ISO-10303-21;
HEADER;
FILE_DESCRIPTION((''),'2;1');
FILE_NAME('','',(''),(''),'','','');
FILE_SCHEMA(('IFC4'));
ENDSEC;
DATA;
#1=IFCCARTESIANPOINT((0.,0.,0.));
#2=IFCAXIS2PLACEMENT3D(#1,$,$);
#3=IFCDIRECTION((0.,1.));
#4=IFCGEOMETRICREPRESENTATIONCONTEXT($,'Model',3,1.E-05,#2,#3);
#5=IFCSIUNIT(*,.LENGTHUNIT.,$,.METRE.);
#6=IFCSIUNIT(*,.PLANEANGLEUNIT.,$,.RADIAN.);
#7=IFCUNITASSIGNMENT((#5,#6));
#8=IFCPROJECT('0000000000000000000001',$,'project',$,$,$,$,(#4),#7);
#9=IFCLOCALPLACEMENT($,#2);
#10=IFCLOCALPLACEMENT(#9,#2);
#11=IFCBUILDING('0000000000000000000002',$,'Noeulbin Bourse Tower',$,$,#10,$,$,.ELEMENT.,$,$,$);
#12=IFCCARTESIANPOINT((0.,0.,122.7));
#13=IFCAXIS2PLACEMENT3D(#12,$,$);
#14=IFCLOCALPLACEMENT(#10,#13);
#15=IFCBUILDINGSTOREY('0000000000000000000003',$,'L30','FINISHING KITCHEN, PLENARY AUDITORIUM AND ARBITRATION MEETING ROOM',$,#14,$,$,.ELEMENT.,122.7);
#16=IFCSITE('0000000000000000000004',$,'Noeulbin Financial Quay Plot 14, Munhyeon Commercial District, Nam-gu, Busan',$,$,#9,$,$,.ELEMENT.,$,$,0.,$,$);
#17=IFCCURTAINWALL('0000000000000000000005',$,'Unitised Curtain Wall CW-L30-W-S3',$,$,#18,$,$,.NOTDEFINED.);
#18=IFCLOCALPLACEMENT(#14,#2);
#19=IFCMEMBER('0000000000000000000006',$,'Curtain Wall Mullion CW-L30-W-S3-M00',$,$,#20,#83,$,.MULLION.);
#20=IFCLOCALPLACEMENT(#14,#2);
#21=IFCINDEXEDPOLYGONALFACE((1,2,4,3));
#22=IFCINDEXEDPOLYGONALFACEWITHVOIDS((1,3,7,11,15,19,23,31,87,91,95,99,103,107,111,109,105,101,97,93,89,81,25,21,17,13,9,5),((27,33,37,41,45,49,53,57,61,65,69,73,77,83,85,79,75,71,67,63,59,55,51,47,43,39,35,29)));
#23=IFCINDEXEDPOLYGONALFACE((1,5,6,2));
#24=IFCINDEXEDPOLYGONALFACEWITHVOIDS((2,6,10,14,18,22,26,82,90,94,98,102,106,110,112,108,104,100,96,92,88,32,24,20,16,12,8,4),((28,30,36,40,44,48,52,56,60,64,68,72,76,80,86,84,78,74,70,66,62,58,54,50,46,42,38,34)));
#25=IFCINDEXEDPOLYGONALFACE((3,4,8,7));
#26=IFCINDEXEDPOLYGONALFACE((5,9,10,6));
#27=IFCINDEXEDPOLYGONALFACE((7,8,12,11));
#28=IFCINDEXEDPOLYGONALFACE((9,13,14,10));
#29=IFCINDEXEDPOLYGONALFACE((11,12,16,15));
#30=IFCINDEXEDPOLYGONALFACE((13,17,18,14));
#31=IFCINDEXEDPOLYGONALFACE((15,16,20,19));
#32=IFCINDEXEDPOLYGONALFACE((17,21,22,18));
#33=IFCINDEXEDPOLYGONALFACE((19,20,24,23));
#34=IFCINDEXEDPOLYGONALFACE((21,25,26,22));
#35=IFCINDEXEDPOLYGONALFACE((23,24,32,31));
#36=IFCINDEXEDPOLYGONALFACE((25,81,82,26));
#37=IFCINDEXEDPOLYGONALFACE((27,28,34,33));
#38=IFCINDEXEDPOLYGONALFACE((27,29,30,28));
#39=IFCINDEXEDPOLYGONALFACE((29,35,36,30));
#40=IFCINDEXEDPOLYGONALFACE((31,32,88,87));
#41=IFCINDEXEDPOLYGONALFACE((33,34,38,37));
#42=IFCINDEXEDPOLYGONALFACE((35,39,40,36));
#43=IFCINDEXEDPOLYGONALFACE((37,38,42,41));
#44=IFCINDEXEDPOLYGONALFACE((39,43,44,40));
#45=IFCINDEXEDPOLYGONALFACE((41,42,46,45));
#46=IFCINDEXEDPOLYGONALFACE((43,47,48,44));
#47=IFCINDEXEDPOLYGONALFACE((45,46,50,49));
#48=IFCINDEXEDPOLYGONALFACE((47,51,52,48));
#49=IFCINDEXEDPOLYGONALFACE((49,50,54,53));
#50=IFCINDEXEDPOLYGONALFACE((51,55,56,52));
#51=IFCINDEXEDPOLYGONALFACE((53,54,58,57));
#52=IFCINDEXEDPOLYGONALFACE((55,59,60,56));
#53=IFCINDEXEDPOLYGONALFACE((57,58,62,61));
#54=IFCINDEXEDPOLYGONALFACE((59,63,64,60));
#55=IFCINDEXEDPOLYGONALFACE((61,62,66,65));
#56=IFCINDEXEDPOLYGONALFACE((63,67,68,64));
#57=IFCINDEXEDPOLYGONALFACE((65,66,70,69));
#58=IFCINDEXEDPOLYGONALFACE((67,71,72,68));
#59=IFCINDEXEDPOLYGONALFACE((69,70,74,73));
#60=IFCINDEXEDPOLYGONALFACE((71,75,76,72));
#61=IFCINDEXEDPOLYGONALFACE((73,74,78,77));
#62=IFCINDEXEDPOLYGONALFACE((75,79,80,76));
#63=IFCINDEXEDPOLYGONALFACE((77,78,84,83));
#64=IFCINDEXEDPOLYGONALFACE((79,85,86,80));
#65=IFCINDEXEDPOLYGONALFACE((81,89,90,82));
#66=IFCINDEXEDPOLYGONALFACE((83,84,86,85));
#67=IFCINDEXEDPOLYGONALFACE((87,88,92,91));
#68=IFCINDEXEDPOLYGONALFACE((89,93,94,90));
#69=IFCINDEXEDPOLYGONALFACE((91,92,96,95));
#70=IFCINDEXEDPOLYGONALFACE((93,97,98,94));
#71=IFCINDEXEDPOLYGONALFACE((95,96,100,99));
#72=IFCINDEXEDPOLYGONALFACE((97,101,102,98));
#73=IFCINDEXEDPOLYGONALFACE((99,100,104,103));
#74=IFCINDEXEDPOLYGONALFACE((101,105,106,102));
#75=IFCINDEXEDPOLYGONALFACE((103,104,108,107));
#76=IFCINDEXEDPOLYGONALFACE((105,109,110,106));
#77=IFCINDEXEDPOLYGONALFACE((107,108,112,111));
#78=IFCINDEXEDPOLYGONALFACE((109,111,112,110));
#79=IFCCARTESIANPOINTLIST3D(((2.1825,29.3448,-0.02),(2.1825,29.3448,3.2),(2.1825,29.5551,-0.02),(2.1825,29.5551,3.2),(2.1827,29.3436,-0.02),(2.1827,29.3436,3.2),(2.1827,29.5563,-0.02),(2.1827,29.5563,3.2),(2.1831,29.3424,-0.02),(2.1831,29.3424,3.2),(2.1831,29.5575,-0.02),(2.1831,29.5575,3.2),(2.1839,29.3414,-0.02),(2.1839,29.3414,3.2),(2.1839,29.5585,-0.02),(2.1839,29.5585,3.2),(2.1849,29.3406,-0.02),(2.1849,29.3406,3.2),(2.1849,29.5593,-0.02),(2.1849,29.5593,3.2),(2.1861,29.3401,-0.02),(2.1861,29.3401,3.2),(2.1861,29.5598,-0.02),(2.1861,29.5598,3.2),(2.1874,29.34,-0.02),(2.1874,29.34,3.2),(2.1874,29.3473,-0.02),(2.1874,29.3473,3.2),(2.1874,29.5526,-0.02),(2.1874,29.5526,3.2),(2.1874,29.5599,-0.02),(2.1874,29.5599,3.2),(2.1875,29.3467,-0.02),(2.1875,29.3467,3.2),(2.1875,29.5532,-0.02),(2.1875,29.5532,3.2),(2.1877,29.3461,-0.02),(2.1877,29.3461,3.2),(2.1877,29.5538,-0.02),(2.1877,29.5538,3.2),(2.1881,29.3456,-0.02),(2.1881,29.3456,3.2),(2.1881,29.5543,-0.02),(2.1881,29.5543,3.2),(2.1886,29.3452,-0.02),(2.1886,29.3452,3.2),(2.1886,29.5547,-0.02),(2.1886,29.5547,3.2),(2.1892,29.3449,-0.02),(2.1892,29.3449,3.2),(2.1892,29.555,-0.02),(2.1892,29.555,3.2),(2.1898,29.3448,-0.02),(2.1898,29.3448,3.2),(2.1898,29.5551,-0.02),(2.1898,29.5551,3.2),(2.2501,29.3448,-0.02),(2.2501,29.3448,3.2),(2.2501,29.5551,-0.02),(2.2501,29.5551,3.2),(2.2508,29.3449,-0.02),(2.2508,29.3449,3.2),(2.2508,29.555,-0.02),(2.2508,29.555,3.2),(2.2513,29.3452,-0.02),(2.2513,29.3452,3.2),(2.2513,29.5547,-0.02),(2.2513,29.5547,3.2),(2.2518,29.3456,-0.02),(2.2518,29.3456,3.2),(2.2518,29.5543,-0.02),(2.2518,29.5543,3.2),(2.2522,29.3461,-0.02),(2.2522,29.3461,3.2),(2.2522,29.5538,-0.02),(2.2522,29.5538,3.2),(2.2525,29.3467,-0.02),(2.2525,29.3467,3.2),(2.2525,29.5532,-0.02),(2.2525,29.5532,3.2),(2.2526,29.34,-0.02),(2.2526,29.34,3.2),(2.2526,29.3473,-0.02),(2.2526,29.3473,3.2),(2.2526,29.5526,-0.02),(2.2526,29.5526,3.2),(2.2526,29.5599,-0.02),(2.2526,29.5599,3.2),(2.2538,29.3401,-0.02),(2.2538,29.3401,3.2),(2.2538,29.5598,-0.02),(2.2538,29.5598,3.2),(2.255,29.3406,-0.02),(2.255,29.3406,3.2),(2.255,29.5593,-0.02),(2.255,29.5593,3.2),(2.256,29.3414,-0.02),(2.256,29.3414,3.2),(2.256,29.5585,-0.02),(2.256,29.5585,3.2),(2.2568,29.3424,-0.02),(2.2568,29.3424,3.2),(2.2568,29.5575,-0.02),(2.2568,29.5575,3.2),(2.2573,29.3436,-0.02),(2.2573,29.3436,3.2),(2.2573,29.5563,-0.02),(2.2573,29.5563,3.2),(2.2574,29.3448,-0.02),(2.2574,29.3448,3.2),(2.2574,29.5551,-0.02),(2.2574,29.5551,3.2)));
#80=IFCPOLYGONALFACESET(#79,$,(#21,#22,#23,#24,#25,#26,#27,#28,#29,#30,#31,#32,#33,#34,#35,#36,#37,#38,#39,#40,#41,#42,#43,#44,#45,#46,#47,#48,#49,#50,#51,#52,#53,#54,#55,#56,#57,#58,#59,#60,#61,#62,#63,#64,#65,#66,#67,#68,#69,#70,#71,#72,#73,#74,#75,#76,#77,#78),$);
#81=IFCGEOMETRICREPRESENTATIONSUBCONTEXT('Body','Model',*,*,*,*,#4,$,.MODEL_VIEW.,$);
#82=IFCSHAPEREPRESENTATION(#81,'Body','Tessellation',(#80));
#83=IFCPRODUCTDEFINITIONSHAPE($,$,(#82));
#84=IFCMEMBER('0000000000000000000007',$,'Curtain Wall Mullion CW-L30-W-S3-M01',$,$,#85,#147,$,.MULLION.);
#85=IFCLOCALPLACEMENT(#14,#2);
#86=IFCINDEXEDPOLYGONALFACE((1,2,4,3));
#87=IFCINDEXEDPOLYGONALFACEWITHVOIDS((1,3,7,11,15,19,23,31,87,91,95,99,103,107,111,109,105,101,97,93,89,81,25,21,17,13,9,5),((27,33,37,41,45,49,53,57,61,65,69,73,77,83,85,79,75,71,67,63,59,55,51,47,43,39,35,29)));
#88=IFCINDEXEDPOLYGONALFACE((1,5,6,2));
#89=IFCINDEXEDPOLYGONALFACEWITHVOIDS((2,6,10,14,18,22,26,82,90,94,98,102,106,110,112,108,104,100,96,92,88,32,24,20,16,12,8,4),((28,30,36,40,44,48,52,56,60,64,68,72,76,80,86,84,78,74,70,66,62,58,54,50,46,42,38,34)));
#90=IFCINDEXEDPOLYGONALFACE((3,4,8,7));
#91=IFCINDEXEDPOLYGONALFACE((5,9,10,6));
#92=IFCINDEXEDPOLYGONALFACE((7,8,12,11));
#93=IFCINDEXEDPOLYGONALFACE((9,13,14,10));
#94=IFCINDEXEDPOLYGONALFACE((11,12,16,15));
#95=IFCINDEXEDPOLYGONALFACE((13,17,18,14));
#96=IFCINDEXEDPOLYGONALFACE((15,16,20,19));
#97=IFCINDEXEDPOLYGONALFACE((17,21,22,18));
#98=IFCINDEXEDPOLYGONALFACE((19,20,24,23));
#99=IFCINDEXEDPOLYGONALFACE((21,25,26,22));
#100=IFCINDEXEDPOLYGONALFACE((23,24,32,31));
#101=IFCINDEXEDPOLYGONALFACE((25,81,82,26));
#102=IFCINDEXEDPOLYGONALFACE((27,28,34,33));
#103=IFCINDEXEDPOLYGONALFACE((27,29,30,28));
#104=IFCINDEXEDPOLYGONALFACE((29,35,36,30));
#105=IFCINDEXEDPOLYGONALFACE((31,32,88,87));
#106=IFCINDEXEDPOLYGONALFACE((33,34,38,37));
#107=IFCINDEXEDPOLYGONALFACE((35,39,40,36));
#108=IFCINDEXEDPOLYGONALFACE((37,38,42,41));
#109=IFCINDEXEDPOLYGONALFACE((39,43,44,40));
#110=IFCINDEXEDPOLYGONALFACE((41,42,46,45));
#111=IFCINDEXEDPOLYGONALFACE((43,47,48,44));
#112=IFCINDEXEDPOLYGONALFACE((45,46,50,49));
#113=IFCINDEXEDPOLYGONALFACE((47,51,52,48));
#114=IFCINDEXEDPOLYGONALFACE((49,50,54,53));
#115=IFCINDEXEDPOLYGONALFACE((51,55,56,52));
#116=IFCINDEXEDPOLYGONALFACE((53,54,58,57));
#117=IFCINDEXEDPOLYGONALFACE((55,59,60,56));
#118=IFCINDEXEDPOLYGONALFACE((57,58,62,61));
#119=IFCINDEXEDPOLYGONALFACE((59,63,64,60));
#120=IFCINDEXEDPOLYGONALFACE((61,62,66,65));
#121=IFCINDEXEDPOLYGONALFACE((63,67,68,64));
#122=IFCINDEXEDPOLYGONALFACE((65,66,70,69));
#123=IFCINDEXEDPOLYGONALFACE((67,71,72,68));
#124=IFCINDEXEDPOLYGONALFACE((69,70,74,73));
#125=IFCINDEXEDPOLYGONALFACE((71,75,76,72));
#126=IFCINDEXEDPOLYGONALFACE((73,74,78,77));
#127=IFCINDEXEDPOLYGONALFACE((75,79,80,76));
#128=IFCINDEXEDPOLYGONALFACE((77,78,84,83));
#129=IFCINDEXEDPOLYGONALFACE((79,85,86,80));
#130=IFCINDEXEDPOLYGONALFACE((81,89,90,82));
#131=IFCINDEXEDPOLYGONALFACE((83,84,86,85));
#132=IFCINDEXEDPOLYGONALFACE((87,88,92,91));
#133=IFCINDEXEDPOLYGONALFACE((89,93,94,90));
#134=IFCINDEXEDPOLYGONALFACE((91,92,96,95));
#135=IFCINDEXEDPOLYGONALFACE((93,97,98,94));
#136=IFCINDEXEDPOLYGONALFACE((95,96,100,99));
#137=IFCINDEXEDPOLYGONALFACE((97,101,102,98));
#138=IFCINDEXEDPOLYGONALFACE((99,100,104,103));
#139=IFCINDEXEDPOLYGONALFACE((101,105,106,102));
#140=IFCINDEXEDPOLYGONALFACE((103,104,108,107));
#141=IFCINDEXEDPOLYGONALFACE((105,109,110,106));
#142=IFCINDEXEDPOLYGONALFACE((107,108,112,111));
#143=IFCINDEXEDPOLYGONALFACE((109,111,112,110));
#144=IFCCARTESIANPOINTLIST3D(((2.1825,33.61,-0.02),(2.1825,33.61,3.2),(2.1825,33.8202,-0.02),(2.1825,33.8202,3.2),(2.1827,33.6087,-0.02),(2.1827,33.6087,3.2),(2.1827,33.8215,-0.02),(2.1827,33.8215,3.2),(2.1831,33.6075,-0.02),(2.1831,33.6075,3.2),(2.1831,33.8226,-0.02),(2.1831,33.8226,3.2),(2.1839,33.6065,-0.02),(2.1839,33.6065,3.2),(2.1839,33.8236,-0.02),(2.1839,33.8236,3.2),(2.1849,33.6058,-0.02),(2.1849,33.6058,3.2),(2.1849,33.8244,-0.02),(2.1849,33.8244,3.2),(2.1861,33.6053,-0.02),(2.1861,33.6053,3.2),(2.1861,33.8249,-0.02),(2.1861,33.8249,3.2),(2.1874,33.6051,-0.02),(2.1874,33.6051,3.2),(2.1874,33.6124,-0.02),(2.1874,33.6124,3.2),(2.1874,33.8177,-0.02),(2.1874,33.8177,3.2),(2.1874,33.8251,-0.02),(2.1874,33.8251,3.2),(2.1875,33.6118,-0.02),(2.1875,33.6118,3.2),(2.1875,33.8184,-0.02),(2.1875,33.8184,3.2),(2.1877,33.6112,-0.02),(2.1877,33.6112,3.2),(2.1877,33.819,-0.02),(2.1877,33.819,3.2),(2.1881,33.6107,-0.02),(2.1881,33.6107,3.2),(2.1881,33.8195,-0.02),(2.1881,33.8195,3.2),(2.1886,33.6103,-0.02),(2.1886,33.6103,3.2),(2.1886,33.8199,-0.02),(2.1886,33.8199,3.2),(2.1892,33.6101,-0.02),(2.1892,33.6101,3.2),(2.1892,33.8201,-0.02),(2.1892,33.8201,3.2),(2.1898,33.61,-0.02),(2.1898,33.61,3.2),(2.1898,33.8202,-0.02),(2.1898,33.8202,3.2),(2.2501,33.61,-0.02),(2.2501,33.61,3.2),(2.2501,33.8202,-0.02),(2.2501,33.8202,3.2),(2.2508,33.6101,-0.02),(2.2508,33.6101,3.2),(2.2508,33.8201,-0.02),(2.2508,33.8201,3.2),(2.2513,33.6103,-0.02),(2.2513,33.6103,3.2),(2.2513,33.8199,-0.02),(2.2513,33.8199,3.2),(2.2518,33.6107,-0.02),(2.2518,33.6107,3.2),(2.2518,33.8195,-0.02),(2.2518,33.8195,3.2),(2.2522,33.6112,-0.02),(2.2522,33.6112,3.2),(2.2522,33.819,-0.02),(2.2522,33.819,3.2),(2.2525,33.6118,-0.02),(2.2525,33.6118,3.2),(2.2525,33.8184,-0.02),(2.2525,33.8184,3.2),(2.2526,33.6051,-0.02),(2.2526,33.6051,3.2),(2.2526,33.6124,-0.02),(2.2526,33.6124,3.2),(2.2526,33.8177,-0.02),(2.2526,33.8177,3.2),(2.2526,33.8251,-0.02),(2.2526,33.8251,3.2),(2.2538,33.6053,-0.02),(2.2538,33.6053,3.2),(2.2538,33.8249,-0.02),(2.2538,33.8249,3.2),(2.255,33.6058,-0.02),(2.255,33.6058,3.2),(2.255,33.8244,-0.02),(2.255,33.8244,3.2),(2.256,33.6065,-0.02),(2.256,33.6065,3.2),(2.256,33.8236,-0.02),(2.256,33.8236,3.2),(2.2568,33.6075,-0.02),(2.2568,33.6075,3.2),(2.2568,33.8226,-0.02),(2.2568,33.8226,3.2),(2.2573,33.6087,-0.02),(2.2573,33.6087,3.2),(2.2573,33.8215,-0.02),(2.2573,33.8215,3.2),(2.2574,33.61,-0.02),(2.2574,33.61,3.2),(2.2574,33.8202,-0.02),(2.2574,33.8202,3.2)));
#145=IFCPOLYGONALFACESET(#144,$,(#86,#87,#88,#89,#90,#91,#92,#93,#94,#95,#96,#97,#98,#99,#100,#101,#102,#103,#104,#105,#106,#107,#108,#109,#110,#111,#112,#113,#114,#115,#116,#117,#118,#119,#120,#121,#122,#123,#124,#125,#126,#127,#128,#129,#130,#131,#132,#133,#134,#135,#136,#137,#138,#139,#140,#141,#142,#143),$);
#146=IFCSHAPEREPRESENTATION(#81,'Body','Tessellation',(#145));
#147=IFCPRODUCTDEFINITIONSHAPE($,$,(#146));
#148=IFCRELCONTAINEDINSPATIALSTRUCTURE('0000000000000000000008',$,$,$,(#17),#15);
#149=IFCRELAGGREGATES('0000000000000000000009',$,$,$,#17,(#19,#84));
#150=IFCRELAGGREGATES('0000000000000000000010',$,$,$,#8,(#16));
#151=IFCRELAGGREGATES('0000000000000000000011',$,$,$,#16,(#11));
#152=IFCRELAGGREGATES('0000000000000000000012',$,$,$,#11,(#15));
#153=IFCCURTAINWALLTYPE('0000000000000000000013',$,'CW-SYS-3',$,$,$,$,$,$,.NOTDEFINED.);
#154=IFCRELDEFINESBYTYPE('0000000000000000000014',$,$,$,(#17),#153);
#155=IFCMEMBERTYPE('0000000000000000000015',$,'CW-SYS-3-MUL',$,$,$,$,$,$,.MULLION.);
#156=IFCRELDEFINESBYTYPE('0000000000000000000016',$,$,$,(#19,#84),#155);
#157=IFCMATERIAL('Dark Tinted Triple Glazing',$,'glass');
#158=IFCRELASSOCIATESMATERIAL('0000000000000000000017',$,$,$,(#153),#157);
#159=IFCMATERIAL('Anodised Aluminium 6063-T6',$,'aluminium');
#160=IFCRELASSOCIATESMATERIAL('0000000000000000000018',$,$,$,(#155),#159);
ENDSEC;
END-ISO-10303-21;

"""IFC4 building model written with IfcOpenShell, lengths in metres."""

from ifc_helpers import new_model, si_unit, direction, frame, origin, origin_2d, place, context, subcontext, project, spatial, hollow_rectangle, extrude, material, material_profile, profile_set, type_object, element, aggregate, save


model = new_model("IFC4")

# Units and contexts
model_context = context("Model", 3, precision=1e-05, world=origin(), true_north=direction((0.0, 1.0)))
body_context = subcontext(model_context, "Body", "Model", "MODEL_VIEW")
ifc_project = project(units=[si_unit("LENGTHUNIT", "METRE"), si_unit("PLANEANGLEUNIT", "RADIAN")], contexts=[model_context])

# Site, building, storey
site_placement = place(None, origin())
site = spatial("IfcSite", under=ifc_project, at=site_placement, Name="Noeulbin Financial Quay Plot 14, Munhyeon Commercial District, Nam-gu, Busan", CompositionType="ELEMENT", RefElevation=0.0)
building_placement = place(site_placement, origin())
building = spatial("IfcBuilding", under=site, at=building_placement, Name="Noeulbin Bourse Tower", CompositionType="ELEMENT")
storey_placement = place(building_placement, frame((0.0, 0.0, 122.7)))
storey = spatial("IfcBuildingStorey", under=building, at=storey_placement, Name="L30", Description="FINISHING KITCHEN, PLENARY AUDITORIUM AND ARBITRATION MEETING ROOM", CompositionType="ELEMENT", Elevation=122.7)

# Curtain wall, members
ifc_material_1 = material(Name="Dark Tinted Triple Glazing", Category="glass")
curtain_wall_type = type_object("IfcCurtainWallType", Name="CW-SYS-3", PredefinedType="NOTDEFINED", material=ifc_material_1)
ifc_material_2 = material(Name="Anodised Aluminium 6063-T6", Category="aluminium")
ifc_material_profile_1 = material_profile(ifc_material_2, hollow_rectangle(XDim=0.075, YDim=0.22, WallThickness=0.0049, InnerFilletRadius=0.0024, OuterFilletRadius=0.0049, at=origin_2d()), Name="ALU-MULL-75x220x5", Category="LoadBearing")
ifc_profile_set_1 = profile_set([ifc_material_profile_1], Name="Anodised Aluminium 6063-T6")
member_type_1 = type_object("IfcMemberType", Name="CW-SYS-3-MUL", PredefinedType="MULLION", material=ifc_profile_set_1)
curtain_wall_1_placement = place(storey_placement, origin())
curtain_wall_1 = element("IfcCurtainWall", 1, at=curtain_wall_1_placement, inside=storey, type_object=curtain_wall_type, Name="Unitised Curtain Wall CW-L30-W-S3", PredefinedType="NOTDEFINED")
member_1_placement = place(storey_placement, frame((2.22, 29.45, -0.02), z_axis=(0.0, 0.0, 1.0), x_axis=(1.0, 0.0, 0.0)))
member_1 = element("IfcMember", 2, at=member_1_placement, type_object=member_type_1, Name="Curtain Wall Mullion CW-L30-W-S3-M00", PredefinedType="MULLION", context=body_context, shape_type="SweptSolid", body=[
    extrude(hollow_rectangle(XDim=0.075, YDim=0.22, WallThickness=0.0049, InnerFilletRadius=0.0024, OuterFilletRadius=0.0049, at=origin_2d()), origin(), (0.0, 0.0, 1.0), 3.22),
])
member_2_placement = place(storey_placement, frame((2.22, 33.7151, -0.02), z_axis=(0.0, 0.0, 1.0), x_axis=(1.0, 0.0, 0.0)))
member_2 = element("IfcMember", 3, at=member_2_placement, type_object=member_type_1, Name="Curtain Wall Mullion CW-L30-W-S3-M01", PredefinedType="MULLION", context=body_context, shape_type="SweptSolid", body=[
    extrude(hollow_rectangle(XDim=0.075, YDim=0.22, WallThickness=0.0049, InnerFilletRadius=0.0024, OuterFilletRadius=0.0049, at=origin_2d()), origin(), (0.0, 0.0, 1.0), 3.22),
])

aggregate(curtain_wall_1, [member_1, member_2])

save(model, "model.ifc")
